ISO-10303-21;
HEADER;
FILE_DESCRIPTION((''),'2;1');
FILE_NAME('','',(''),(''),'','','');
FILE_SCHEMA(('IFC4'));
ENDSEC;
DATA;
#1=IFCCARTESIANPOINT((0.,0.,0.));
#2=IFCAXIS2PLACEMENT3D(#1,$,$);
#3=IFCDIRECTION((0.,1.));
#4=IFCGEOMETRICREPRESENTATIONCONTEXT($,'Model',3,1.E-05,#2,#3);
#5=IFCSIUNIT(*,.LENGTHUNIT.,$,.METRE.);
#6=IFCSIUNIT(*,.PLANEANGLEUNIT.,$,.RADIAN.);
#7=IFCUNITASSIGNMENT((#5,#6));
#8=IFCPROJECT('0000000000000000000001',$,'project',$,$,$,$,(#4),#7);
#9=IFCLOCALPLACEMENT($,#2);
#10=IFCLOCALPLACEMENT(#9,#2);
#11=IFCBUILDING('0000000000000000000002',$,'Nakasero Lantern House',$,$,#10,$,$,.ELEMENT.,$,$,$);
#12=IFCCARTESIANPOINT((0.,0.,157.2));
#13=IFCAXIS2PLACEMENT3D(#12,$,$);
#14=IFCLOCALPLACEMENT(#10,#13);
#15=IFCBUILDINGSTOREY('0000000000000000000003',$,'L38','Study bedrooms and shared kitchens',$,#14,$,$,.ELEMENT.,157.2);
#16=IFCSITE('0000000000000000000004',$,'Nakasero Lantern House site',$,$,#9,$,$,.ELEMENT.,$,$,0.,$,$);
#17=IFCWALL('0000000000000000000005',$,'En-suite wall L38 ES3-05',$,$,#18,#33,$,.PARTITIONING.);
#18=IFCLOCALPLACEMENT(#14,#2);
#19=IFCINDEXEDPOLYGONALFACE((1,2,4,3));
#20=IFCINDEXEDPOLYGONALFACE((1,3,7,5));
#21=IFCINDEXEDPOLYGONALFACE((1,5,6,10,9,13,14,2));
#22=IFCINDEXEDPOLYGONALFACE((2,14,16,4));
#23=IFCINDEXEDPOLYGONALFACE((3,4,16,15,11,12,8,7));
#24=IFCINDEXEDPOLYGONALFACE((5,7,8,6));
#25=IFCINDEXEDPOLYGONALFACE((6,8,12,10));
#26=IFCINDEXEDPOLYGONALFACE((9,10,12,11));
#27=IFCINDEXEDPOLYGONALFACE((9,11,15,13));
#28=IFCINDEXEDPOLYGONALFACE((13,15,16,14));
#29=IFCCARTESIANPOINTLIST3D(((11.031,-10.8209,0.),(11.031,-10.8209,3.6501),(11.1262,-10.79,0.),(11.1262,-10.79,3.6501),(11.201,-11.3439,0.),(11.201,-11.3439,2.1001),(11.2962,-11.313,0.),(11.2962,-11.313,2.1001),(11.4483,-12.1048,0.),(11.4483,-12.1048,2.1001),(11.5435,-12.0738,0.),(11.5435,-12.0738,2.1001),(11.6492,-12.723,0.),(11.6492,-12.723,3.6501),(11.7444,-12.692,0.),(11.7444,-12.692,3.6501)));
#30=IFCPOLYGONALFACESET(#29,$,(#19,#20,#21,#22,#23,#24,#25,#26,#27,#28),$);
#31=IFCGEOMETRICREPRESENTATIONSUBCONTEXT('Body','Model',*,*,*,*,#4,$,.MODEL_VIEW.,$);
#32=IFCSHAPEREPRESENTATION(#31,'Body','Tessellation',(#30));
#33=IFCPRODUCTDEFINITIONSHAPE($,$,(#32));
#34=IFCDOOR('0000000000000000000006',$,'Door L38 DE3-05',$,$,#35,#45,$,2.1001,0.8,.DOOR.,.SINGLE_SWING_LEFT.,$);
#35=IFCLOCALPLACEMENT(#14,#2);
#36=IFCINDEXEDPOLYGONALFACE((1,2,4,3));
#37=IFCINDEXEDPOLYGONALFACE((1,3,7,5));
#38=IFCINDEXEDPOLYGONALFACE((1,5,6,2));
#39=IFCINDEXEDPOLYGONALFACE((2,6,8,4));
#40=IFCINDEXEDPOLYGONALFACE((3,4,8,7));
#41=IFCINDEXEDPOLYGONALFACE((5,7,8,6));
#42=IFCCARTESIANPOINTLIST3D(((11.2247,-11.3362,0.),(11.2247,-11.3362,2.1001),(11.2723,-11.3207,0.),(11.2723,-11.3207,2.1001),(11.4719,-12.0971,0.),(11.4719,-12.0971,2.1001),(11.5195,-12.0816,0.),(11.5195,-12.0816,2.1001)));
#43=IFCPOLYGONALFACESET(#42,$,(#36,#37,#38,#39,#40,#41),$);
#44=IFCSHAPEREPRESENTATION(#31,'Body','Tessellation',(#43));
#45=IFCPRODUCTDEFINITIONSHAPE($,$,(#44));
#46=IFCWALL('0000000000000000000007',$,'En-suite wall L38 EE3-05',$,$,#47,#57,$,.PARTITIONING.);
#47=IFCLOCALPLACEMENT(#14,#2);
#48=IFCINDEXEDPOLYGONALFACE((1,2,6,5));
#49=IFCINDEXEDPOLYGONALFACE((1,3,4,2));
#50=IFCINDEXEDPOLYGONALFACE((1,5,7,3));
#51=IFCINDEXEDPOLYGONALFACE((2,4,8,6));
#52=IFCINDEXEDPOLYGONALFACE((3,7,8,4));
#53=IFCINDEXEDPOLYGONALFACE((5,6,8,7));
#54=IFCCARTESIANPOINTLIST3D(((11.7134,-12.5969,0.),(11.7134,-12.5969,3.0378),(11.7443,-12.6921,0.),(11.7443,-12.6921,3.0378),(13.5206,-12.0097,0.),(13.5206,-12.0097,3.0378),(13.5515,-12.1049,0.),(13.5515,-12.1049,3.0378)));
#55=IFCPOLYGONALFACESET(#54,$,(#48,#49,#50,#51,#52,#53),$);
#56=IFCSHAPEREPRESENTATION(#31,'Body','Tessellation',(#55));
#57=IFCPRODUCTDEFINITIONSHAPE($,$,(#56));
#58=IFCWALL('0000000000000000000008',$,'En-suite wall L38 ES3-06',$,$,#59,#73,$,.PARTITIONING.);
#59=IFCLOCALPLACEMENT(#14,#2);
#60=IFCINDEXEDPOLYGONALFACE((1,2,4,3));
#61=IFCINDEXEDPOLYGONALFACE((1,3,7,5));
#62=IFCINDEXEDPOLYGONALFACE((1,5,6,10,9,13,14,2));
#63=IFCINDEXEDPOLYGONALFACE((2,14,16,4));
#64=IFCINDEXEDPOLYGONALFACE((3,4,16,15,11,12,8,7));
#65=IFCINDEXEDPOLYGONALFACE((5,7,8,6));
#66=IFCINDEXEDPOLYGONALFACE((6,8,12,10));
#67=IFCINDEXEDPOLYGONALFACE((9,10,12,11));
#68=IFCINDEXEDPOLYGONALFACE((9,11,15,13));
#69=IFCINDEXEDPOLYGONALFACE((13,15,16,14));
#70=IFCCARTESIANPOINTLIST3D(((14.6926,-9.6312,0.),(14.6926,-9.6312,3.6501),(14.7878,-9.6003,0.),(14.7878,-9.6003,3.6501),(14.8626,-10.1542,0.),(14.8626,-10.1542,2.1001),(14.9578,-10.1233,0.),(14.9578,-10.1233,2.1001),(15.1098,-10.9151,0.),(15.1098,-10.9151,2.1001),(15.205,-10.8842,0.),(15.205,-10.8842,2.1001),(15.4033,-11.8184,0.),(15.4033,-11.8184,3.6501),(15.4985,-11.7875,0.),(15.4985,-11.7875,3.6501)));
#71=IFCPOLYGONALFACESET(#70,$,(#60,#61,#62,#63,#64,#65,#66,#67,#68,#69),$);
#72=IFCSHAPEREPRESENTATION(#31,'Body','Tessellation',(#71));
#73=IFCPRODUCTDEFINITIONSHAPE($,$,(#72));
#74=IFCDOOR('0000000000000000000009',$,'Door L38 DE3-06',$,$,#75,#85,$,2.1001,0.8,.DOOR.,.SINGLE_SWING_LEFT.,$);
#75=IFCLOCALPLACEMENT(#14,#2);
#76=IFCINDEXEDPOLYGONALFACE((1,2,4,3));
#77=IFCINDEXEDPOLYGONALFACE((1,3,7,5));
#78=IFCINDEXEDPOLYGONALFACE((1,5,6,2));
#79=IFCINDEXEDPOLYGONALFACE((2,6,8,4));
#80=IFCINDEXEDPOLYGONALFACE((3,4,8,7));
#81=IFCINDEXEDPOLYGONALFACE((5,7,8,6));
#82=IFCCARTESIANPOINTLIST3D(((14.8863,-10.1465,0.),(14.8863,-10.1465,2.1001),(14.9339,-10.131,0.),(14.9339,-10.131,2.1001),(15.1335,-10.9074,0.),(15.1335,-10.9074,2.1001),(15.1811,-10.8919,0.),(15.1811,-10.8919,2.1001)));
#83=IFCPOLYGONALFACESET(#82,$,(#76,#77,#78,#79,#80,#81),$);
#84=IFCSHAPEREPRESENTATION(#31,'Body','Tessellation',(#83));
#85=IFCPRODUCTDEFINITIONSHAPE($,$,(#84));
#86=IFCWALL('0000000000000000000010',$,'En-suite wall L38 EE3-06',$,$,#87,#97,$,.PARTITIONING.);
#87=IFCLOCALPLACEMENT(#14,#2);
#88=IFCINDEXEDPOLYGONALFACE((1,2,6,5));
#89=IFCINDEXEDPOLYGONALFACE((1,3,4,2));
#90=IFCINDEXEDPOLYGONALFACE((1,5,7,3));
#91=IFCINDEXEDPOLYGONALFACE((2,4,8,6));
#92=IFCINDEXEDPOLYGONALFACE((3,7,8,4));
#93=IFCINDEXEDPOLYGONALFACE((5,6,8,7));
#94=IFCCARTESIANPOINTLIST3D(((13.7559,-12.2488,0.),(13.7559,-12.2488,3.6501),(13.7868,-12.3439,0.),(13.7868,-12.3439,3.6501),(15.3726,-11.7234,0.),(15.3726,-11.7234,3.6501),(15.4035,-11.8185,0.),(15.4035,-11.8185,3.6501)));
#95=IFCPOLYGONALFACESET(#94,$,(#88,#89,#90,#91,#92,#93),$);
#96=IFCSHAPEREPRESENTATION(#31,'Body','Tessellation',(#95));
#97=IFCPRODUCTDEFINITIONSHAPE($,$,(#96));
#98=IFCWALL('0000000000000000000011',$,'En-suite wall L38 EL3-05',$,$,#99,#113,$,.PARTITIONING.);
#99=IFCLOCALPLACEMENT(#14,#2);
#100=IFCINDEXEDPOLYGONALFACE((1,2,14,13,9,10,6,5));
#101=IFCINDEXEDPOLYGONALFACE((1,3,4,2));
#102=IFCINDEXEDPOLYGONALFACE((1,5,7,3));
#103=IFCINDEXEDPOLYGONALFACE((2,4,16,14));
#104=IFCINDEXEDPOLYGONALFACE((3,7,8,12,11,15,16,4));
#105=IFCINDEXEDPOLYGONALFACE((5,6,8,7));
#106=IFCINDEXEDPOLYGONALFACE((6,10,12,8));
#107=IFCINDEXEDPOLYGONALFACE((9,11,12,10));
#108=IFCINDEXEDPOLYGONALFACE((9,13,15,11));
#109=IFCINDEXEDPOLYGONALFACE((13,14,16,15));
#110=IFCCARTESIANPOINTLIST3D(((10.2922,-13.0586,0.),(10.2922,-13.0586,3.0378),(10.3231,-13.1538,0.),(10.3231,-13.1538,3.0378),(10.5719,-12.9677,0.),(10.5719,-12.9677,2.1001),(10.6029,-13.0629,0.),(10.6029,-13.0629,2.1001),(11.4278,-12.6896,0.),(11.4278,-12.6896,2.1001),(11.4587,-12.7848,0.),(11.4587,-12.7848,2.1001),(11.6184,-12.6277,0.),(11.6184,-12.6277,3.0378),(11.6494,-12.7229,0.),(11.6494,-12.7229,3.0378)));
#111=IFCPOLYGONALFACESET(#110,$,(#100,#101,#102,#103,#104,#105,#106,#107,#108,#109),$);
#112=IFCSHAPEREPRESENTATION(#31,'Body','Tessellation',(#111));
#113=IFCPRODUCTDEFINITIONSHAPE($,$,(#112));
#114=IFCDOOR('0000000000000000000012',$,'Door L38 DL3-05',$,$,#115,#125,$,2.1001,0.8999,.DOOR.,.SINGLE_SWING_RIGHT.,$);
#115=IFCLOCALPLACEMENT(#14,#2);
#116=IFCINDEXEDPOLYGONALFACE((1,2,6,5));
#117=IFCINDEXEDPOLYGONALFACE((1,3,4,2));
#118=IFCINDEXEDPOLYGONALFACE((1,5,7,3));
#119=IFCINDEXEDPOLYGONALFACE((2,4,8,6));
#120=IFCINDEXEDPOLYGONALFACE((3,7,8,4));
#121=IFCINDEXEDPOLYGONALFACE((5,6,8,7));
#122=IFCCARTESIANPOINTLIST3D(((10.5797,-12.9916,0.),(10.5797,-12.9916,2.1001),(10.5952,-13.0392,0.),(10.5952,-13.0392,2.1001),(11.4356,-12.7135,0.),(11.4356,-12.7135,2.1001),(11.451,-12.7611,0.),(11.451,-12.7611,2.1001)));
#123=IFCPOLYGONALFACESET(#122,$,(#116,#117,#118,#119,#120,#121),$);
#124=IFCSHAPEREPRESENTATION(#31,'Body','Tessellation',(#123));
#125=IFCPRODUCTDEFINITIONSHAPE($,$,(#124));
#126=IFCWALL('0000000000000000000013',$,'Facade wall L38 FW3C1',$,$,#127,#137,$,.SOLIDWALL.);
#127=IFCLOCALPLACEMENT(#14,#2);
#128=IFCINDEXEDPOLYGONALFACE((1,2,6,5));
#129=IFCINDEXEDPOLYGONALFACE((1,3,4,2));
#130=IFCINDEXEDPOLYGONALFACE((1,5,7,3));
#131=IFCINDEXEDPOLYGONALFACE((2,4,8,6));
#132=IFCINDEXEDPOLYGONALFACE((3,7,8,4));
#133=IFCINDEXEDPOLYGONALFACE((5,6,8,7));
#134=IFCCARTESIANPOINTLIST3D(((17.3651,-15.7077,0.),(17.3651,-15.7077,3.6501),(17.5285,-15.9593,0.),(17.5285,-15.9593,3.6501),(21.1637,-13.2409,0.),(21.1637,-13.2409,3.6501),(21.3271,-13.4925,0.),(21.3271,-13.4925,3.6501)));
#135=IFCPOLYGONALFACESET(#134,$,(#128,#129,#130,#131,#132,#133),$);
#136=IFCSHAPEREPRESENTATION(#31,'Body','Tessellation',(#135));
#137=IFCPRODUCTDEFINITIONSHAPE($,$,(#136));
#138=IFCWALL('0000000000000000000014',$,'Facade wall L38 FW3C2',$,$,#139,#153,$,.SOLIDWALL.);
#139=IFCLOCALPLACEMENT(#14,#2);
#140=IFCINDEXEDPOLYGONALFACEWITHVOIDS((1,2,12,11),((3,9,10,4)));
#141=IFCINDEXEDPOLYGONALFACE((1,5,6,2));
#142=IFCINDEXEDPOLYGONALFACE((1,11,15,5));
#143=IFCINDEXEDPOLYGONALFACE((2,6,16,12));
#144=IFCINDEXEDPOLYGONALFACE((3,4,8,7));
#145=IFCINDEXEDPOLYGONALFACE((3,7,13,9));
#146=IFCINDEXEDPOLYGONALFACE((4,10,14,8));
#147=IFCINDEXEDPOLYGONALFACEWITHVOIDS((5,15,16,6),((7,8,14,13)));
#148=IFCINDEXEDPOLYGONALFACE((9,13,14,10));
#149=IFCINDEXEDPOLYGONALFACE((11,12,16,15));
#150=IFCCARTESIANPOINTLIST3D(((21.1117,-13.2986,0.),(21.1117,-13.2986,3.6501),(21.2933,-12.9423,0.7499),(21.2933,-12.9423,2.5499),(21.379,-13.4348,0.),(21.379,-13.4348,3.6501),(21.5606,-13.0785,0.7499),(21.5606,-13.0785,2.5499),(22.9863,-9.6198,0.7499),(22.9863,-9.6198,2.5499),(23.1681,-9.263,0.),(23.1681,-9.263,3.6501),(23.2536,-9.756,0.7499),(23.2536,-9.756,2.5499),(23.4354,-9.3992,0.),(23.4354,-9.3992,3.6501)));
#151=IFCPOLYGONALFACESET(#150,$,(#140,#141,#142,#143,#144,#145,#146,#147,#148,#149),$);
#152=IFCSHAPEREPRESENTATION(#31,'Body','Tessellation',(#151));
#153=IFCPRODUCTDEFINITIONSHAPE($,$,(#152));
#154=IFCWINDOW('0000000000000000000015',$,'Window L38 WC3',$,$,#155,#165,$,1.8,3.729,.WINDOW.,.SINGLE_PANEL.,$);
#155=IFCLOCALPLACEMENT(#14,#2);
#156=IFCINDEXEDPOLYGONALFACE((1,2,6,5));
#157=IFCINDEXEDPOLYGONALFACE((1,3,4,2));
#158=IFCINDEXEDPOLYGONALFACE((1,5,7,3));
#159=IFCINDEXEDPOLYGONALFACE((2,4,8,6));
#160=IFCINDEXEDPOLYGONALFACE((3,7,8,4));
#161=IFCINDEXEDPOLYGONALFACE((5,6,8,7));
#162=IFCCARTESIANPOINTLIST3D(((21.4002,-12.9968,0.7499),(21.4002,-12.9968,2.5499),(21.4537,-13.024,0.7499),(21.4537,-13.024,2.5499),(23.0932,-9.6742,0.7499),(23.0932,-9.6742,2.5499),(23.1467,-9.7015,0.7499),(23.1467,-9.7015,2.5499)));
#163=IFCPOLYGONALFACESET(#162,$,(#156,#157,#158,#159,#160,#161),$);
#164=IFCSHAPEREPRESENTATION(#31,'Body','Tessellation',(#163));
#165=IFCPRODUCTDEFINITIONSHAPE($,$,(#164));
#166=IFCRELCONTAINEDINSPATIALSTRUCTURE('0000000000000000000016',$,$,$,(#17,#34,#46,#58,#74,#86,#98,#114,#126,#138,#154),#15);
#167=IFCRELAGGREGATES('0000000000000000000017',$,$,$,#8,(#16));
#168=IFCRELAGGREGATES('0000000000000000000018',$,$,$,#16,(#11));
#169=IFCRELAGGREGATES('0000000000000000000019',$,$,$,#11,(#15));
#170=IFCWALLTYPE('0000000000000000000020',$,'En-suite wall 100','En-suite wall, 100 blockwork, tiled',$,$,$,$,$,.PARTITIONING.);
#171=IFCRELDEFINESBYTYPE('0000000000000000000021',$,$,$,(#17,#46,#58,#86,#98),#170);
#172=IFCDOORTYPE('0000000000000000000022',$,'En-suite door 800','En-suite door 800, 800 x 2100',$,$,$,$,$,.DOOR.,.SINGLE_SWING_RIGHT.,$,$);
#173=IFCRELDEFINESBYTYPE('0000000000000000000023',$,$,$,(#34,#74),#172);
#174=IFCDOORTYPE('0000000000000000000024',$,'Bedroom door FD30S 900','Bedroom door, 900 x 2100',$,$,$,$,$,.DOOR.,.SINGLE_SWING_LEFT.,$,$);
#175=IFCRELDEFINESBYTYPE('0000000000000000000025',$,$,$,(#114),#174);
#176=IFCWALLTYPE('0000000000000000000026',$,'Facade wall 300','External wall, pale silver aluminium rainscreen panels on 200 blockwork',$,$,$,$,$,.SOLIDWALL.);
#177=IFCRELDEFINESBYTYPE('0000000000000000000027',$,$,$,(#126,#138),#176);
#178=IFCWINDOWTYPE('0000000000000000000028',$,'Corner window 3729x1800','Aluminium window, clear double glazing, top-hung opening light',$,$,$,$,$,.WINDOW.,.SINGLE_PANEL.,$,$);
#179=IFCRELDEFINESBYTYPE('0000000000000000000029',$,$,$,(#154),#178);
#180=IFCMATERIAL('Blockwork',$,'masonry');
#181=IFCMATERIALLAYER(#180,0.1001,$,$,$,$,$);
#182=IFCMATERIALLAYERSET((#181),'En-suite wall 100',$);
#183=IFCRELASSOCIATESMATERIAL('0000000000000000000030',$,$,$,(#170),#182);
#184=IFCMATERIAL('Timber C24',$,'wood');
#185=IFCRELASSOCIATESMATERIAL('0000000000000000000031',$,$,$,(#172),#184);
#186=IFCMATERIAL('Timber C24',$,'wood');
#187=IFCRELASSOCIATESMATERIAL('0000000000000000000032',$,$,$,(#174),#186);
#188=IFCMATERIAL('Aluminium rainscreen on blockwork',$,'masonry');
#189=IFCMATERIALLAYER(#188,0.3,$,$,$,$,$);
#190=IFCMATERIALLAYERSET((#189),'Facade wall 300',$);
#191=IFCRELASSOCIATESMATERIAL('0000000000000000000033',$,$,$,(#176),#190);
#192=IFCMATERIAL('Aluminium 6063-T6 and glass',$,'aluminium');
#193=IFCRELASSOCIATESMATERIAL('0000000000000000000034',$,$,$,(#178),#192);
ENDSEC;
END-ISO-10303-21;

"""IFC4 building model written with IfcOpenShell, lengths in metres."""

from ifc_helpers import new_model, si_unit, direction, frame, frame_2d, origin, place, context, subcontext, project, spatial, rectangle, extrude, material, layer, layer_set, type_object, element, fill, save


model = new_model("IFC4")

# Units and contexts
model_context = context("Model", 3, precision=1e-05, world=origin(), true_north=direction((0.0, 1.0)))
body_context = subcontext(model_context, "Body", "Model", "MODEL_VIEW")
ifc_project = project(units=[si_unit("LENGTHUNIT", "METRE"), si_unit("PLANEANGLEUNIT", "RADIAN")], contexts=[model_context])

# Site, building, storey
site_placement = place(None, origin())
site = spatial("IfcSite", under=ifc_project, at=site_placement, Name="Nakasero Lantern House site", CompositionType="ELEMENT", RefElevation=0.0)
building_placement = place(site_placement, origin())
building = spatial("IfcBuilding", under=site, at=building_placement, Name="Nakasero Lantern House", CompositionType="ELEMENT")
storey_placement = place(building_placement, frame((0.0, 0.0, 157.2)))
storey = spatial("IfcBuildingStorey", under=building, at=storey_placement, Name="L38", Description="Study bedrooms and shared kitchens", CompositionType="ELEMENT", Elevation=157.2)

# Wall, opening, door
ifc_material_1 = material(Name="Blockwork", Category="masonry")
ifc_layer_1 = layer(ifc_material_1, 0.1001)
ifc_layer_set_1 = layer_set([ifc_layer_1], Name="En-suite wall 100")
wall_type_1 = type_object("IfcWallType", Name="En-suite wall 100", Description="En-suite wall, 100 blockwork, tiled", PredefinedType="PARTITIONING", material=ifc_layer_set_1)
wall_1_placement = place(storey_placement, frame((11.0786, -10.8054, 0.0), z_axis=(0.0, 0.0, 1.0), x_axis=(0.309078, -0.951037, 0.0)))
wall_1 = element("IfcWall", 1, at=wall_1_placement, inside=storey, type_object=wall_type_1, Name="En-suite wall L38 ES3-05", PredefinedType="PARTITIONING", context=body_context, shape_type="SweptSolid", body=[
    extrude(rectangle(XDim=2.0, YDim=0.1001, at=frame_2d((1.0, 0.0))), origin(), (0.0, 0.0, 1.0), 3.6501),
])
opening_1_placement = place(wall_1_placement, frame((0.55, 0.0, 0.0)))
opening_1 = element("IfcOpeningElement", 2, at=opening_1_placement, cuts=wall_1, PredefinedType="OPENING", context=body_context, shape_type="SweptSolid", body=[
    extrude(rectangle(XDim=0.8, YDim=2.1001, at=frame_2d((0.3999, 1.05))), frame((0.0, 0.0701, 0.0), z_axis=(0.0, -1.0, 0.0), x_axis=(1.0, 0.0, 0.0)), (0.0, 0.0, 1.0), 0.1401),
])
ifc_material_2 = material(Name="Timber C24", Category="wood")
door_type_1 = type_object("IfcDoorType", Name="En-suite door 800", Description="En-suite door 800, 800 x 2100", OperationType="SINGLE_SWING_RIGHT", PredefinedType="DOOR", material=ifc_material_2)
door_1_placement = place(opening_1_placement, origin())
door_1 = element("IfcDoor", 3, at=door_1_placement, inside=storey, type_object=door_type_1, Name="Door L38 DE3-05", OperationType="SINGLE_SWING_LEFT", OverallHeight=2.1001, OverallWidth=0.8, PredefinedType="DOOR", context=body_context, shape_type="SweptSolid", body=[
    extrude(rectangle(XDim=0.8, YDim=2.1001, at=frame_2d((0.3999, 1.05))), frame((0.0, 0.0249, 0.0), z_axis=(0.0, -1.0, 0.0), x_axis=(1.0, 0.0, 0.0)), (0.0, 0.0, 1.0), 0.05),
])
fill(opening_1, door_1)

# Wall
wall_2_placement = place(storey_placement, frame((11.7288, -12.6445, 0.0), z_axis=(0.0, 0.0, 1.0), x_axis=(0.951059, 0.309011, 0.0)))
element("IfcWall", 4, at=wall_2_placement, inside=storey, type_object=wall_type_1, Name="En-suite wall L38 EE3-05", PredefinedType="PARTITIONING", context=body_context, shape_type="SweptSolid", body=[
    extrude(rectangle(XDim=1.9001, YDim=0.1001, at=frame_2d((0.9502, 0.0))), origin(), (0.0, 0.0, 1.0), 3.0378),
])

# Wall, opening, door
wall_3_placement = place(storey_placement, frame((14.7402, -9.6157, 0.0), z_axis=(0.0, 0.0, 1.0), x_axis=(0.309021, -0.951055, 0.0)))
wall_3 = element("IfcWall", 5, at=wall_3_placement, inside=storey, type_object=wall_type_1, Name="En-suite wall L38 ES3-06", PredefinedType="PARTITIONING", context=body_context, shape_type="SweptSolid", body=[
    extrude(rectangle(XDim=2.2998, YDim=0.1001, at=frame_2d((1.1499, 0.0))), origin(), (0.0, 0.0, 1.0), 3.6501),
])
opening_2_placement = place(wall_3_placement, frame((0.55, 0.0, 0.0)))
opening_2 = element("IfcOpeningElement", 6, at=opening_2_placement, cuts=wall_3, PredefinedType="OPENING", context=body_context, shape_type="SweptSolid", body=[
    extrude(rectangle(XDim=0.8, YDim=2.1001, at=frame_2d((0.3999, 1.05))), frame((0.0, 0.0701, 0.0), z_axis=(0.0, -1.0, 0.0), x_axis=(1.0, 0.0, 0.0)), (0.0, 0.0, 1.0), 0.1401),
])
door_2_placement = place(opening_2_placement, origin())
door_2 = element("IfcDoor", 7, at=door_2_placement, inside=storey, type_object=door_type_1, Name="Door L38 DE3-06", OperationType="SINGLE_SWING_LEFT", OverallHeight=2.1001, OverallWidth=0.8, PredefinedType="DOOR", context=body_context, shape_type="SweptSolid", body=[
    extrude(rectangle(XDim=0.8, YDim=2.1001, at=frame_2d((0.3999, 1.05))), frame((0.0, 0.0249, 0.0), z_axis=(0.0, -1.0, 0.0), x_axis=(1.0, 0.0, 0.0)), (0.0, 0.0, 1.0), 0.05),
])
fill(opening_2, door_2)

# Wall
wall_4_placement = place(storey_placement, frame((13.7712, -12.2964, 0.0), z_axis=(0.0, 0.0, 1.0), x_axis=(0.95104, 0.309067, 0.0)))
element("IfcWall", 8, at=wall_4_placement, inside=storey, type_object=wall_type_1, Name="En-suite wall L38 EE3-06", PredefinedType="PARTITIONING", context=body_context, shape_type="SweptSolid", body=[
    extrude(rectangle(XDim=1.7, YDim=0.1001, at=frame_2d((0.8501, 0.0))), origin(), (0.0, 0.0, 1.0), 3.6501),
])

# Wall, opening, door
wall_5_placement = place(storey_placement, frame((10.3076, -13.1062, 0.0), z_axis=(0.0, 0.0, 1.0), x_axis=(0.951055, 0.309023, 0.0)))
wall_5 = element("IfcWall", 9, at=wall_5_placement, inside=storey, type_object=wall_type_1, Name="En-suite wall L38 EL3-05", PredefinedType="PARTITIONING", context=body_context, shape_type="SweptSolid", body=[
    extrude(rectangle(XDim=1.3945, YDim=0.1001, at=frame_2d((0.6973, 0.0))), origin(), (0.0, 0.0, 1.0), 3.0378),
])
opening_3_placement = place(wall_5_placement, frame((0.2942, 0.0, 0.0)))
opening_3 = element("IfcOpeningElement", 10, at=opening_3_placement, cuts=wall_5, PredefinedType="OPENING", context=body_context, shape_type="SweptSolid", body=[
    extrude(rectangle(XDim=0.8999, YDim=2.1001, at=frame_2d((0.45, 1.05))), frame((0.0, 0.0701, 0.0), z_axis=(0.0, -1.0, 0.0), x_axis=(1.0, 0.0, 0.0)), (0.0, 0.0, 1.0), 0.1401),
])
ifc_material_3 = material(Name="Timber C24", Category="wood")
door_type_2 = type_object("IfcDoorType", Name="Bedroom door FD30S 900", Description="Bedroom door, 900 x 2100", OperationType="SINGLE_SWING_LEFT", PredefinedType="DOOR", material=ifc_material_3)
door_3_placement = place(opening_3_placement, origin())
door_3 = element("IfcDoor", 11, at=door_3_placement, inside=storey, type_object=door_type_2, Name="Door L38 DL3-05", OperationType="SINGLE_SWING_RIGHT", OverallHeight=2.1001, OverallWidth=0.8999, PredefinedType="DOOR", context=body_context, shape_type="SweptSolid", body=[
    extrude(rectangle(XDim=0.8999, YDim=2.1001, at=frame_2d((0.45, 1.05))), frame((0.0, 0.0249, 0.0), z_axis=(0.0, -1.0, 0.0), x_axis=(1.0, 0.0, 0.0)), (0.0, 0.0, 1.0), 0.05),
])
fill(opening_3, door_3)

# Wall
ifc_material_4 = material(Name="Aluminium rainscreen on blockwork", Category="masonry")
ifc_layer_2 = layer(ifc_material_4, 0.3)
ifc_layer_set_2 = layer_set([ifc_layer_2], Name="Facade wall 300")
wall_type_2 = type_object("IfcWallType", Name="Facade wall 300", Description="External wall, pale silver aluminium rainscreen panels on 200 blockwork", PredefinedType="SOLIDWALL", material=ifc_layer_set_2)
wall_6_placement = place(storey_placement, frame((17.4468, -15.8335, 0.0), z_axis=(0.0, 0.0, 1.0), x_axis=(0.838674, 0.544634, 0.0)))
element("IfcWall", 12, at=wall_6_placement, inside=storey, type_object=wall_type_2, Name="Facade wall L38 FW3C1", PredefinedType="SOLIDWALL", context=body_context, shape_type="SweptSolid", body=[
    extrude(rectangle(XDim=4.5293, YDim=0.3, at=frame_2d((2.2646, 0.0))), origin(), (0.0, 0.0, 1.0), 3.6501),
])

# Wall, opening, window
wall_7_placement = place(storey_placement, frame((21.2454, -13.3667, 0.0), z_axis=(0.0, 0.0, 1.0), x_axis=(0.454014, 0.890995, 0.0)))
wall_7 = element("IfcWall", 13, at=wall_7_placement, inside=storey, type_object=wall_type_2, Name="Facade wall L38 FW3C2", PredefinedType="SOLIDWALL", context=body_context, shape_type="SweptSolid", body=[
    extrude(rectangle(XDim=4.5293, YDim=0.3, at=frame_2d((2.2646, 0.0))), origin(), (0.0, 0.0, 1.0), 3.6501),
])
opening_4_placement = place(wall_7_placement, frame((0.3999, 0.0, 0.75)))
opening_4 = element("IfcOpeningElement", 14, at=opening_4_placement, cuts=wall_7, PredefinedType="OPENING", context=body_context, shape_type="SweptSolid", body=[
    extrude(rectangle(XDim=3.729, YDim=1.8, at=frame_2d((1.8645, 0.8999))), frame((0.0, 0.1699, 0.0), z_axis=(0.0, -1.0, 0.0), x_axis=(1.0, 0.0, 0.0)), (0.0, 0.0, 1.0), 0.3401),
])
ifc_material_5 = material(Name="Aluminium 6063-T6 and glass", Category="aluminium")
window_type_1 = type_object("IfcWindowType", Name="Corner window 3729x1800", Description="Aluminium window, clear double glazing, top-hung opening light", PartitioningType="SINGLE_PANEL", PredefinedType="WINDOW", material=ifc_material_5)
window_1_placement = place(opening_4_placement, origin())
window_1 = element("IfcWindow", 15, at=window_1_placement, inside=storey, type_object=window_type_1, Name="Window L38 WC3", OverallHeight=1.8, OverallWidth=3.729, PartitioningType="SINGLE_PANEL", PredefinedType="WINDOW", context=body_context, shape_type="SweptSolid", body=[
    extrude(rectangle(XDim=3.729, YDim=1.8, at=frame_2d((1.8645, 0.8999))), frame((0.0, 0.03, 0.0), z_axis=(0.0, -1.0, 0.0), x_axis=(1.0, 0.0, 0.0)), (0.0, 0.0, 1.0), 0.0601),
])
fill(opening_4, window_1)

save(model, "model.ifc")
